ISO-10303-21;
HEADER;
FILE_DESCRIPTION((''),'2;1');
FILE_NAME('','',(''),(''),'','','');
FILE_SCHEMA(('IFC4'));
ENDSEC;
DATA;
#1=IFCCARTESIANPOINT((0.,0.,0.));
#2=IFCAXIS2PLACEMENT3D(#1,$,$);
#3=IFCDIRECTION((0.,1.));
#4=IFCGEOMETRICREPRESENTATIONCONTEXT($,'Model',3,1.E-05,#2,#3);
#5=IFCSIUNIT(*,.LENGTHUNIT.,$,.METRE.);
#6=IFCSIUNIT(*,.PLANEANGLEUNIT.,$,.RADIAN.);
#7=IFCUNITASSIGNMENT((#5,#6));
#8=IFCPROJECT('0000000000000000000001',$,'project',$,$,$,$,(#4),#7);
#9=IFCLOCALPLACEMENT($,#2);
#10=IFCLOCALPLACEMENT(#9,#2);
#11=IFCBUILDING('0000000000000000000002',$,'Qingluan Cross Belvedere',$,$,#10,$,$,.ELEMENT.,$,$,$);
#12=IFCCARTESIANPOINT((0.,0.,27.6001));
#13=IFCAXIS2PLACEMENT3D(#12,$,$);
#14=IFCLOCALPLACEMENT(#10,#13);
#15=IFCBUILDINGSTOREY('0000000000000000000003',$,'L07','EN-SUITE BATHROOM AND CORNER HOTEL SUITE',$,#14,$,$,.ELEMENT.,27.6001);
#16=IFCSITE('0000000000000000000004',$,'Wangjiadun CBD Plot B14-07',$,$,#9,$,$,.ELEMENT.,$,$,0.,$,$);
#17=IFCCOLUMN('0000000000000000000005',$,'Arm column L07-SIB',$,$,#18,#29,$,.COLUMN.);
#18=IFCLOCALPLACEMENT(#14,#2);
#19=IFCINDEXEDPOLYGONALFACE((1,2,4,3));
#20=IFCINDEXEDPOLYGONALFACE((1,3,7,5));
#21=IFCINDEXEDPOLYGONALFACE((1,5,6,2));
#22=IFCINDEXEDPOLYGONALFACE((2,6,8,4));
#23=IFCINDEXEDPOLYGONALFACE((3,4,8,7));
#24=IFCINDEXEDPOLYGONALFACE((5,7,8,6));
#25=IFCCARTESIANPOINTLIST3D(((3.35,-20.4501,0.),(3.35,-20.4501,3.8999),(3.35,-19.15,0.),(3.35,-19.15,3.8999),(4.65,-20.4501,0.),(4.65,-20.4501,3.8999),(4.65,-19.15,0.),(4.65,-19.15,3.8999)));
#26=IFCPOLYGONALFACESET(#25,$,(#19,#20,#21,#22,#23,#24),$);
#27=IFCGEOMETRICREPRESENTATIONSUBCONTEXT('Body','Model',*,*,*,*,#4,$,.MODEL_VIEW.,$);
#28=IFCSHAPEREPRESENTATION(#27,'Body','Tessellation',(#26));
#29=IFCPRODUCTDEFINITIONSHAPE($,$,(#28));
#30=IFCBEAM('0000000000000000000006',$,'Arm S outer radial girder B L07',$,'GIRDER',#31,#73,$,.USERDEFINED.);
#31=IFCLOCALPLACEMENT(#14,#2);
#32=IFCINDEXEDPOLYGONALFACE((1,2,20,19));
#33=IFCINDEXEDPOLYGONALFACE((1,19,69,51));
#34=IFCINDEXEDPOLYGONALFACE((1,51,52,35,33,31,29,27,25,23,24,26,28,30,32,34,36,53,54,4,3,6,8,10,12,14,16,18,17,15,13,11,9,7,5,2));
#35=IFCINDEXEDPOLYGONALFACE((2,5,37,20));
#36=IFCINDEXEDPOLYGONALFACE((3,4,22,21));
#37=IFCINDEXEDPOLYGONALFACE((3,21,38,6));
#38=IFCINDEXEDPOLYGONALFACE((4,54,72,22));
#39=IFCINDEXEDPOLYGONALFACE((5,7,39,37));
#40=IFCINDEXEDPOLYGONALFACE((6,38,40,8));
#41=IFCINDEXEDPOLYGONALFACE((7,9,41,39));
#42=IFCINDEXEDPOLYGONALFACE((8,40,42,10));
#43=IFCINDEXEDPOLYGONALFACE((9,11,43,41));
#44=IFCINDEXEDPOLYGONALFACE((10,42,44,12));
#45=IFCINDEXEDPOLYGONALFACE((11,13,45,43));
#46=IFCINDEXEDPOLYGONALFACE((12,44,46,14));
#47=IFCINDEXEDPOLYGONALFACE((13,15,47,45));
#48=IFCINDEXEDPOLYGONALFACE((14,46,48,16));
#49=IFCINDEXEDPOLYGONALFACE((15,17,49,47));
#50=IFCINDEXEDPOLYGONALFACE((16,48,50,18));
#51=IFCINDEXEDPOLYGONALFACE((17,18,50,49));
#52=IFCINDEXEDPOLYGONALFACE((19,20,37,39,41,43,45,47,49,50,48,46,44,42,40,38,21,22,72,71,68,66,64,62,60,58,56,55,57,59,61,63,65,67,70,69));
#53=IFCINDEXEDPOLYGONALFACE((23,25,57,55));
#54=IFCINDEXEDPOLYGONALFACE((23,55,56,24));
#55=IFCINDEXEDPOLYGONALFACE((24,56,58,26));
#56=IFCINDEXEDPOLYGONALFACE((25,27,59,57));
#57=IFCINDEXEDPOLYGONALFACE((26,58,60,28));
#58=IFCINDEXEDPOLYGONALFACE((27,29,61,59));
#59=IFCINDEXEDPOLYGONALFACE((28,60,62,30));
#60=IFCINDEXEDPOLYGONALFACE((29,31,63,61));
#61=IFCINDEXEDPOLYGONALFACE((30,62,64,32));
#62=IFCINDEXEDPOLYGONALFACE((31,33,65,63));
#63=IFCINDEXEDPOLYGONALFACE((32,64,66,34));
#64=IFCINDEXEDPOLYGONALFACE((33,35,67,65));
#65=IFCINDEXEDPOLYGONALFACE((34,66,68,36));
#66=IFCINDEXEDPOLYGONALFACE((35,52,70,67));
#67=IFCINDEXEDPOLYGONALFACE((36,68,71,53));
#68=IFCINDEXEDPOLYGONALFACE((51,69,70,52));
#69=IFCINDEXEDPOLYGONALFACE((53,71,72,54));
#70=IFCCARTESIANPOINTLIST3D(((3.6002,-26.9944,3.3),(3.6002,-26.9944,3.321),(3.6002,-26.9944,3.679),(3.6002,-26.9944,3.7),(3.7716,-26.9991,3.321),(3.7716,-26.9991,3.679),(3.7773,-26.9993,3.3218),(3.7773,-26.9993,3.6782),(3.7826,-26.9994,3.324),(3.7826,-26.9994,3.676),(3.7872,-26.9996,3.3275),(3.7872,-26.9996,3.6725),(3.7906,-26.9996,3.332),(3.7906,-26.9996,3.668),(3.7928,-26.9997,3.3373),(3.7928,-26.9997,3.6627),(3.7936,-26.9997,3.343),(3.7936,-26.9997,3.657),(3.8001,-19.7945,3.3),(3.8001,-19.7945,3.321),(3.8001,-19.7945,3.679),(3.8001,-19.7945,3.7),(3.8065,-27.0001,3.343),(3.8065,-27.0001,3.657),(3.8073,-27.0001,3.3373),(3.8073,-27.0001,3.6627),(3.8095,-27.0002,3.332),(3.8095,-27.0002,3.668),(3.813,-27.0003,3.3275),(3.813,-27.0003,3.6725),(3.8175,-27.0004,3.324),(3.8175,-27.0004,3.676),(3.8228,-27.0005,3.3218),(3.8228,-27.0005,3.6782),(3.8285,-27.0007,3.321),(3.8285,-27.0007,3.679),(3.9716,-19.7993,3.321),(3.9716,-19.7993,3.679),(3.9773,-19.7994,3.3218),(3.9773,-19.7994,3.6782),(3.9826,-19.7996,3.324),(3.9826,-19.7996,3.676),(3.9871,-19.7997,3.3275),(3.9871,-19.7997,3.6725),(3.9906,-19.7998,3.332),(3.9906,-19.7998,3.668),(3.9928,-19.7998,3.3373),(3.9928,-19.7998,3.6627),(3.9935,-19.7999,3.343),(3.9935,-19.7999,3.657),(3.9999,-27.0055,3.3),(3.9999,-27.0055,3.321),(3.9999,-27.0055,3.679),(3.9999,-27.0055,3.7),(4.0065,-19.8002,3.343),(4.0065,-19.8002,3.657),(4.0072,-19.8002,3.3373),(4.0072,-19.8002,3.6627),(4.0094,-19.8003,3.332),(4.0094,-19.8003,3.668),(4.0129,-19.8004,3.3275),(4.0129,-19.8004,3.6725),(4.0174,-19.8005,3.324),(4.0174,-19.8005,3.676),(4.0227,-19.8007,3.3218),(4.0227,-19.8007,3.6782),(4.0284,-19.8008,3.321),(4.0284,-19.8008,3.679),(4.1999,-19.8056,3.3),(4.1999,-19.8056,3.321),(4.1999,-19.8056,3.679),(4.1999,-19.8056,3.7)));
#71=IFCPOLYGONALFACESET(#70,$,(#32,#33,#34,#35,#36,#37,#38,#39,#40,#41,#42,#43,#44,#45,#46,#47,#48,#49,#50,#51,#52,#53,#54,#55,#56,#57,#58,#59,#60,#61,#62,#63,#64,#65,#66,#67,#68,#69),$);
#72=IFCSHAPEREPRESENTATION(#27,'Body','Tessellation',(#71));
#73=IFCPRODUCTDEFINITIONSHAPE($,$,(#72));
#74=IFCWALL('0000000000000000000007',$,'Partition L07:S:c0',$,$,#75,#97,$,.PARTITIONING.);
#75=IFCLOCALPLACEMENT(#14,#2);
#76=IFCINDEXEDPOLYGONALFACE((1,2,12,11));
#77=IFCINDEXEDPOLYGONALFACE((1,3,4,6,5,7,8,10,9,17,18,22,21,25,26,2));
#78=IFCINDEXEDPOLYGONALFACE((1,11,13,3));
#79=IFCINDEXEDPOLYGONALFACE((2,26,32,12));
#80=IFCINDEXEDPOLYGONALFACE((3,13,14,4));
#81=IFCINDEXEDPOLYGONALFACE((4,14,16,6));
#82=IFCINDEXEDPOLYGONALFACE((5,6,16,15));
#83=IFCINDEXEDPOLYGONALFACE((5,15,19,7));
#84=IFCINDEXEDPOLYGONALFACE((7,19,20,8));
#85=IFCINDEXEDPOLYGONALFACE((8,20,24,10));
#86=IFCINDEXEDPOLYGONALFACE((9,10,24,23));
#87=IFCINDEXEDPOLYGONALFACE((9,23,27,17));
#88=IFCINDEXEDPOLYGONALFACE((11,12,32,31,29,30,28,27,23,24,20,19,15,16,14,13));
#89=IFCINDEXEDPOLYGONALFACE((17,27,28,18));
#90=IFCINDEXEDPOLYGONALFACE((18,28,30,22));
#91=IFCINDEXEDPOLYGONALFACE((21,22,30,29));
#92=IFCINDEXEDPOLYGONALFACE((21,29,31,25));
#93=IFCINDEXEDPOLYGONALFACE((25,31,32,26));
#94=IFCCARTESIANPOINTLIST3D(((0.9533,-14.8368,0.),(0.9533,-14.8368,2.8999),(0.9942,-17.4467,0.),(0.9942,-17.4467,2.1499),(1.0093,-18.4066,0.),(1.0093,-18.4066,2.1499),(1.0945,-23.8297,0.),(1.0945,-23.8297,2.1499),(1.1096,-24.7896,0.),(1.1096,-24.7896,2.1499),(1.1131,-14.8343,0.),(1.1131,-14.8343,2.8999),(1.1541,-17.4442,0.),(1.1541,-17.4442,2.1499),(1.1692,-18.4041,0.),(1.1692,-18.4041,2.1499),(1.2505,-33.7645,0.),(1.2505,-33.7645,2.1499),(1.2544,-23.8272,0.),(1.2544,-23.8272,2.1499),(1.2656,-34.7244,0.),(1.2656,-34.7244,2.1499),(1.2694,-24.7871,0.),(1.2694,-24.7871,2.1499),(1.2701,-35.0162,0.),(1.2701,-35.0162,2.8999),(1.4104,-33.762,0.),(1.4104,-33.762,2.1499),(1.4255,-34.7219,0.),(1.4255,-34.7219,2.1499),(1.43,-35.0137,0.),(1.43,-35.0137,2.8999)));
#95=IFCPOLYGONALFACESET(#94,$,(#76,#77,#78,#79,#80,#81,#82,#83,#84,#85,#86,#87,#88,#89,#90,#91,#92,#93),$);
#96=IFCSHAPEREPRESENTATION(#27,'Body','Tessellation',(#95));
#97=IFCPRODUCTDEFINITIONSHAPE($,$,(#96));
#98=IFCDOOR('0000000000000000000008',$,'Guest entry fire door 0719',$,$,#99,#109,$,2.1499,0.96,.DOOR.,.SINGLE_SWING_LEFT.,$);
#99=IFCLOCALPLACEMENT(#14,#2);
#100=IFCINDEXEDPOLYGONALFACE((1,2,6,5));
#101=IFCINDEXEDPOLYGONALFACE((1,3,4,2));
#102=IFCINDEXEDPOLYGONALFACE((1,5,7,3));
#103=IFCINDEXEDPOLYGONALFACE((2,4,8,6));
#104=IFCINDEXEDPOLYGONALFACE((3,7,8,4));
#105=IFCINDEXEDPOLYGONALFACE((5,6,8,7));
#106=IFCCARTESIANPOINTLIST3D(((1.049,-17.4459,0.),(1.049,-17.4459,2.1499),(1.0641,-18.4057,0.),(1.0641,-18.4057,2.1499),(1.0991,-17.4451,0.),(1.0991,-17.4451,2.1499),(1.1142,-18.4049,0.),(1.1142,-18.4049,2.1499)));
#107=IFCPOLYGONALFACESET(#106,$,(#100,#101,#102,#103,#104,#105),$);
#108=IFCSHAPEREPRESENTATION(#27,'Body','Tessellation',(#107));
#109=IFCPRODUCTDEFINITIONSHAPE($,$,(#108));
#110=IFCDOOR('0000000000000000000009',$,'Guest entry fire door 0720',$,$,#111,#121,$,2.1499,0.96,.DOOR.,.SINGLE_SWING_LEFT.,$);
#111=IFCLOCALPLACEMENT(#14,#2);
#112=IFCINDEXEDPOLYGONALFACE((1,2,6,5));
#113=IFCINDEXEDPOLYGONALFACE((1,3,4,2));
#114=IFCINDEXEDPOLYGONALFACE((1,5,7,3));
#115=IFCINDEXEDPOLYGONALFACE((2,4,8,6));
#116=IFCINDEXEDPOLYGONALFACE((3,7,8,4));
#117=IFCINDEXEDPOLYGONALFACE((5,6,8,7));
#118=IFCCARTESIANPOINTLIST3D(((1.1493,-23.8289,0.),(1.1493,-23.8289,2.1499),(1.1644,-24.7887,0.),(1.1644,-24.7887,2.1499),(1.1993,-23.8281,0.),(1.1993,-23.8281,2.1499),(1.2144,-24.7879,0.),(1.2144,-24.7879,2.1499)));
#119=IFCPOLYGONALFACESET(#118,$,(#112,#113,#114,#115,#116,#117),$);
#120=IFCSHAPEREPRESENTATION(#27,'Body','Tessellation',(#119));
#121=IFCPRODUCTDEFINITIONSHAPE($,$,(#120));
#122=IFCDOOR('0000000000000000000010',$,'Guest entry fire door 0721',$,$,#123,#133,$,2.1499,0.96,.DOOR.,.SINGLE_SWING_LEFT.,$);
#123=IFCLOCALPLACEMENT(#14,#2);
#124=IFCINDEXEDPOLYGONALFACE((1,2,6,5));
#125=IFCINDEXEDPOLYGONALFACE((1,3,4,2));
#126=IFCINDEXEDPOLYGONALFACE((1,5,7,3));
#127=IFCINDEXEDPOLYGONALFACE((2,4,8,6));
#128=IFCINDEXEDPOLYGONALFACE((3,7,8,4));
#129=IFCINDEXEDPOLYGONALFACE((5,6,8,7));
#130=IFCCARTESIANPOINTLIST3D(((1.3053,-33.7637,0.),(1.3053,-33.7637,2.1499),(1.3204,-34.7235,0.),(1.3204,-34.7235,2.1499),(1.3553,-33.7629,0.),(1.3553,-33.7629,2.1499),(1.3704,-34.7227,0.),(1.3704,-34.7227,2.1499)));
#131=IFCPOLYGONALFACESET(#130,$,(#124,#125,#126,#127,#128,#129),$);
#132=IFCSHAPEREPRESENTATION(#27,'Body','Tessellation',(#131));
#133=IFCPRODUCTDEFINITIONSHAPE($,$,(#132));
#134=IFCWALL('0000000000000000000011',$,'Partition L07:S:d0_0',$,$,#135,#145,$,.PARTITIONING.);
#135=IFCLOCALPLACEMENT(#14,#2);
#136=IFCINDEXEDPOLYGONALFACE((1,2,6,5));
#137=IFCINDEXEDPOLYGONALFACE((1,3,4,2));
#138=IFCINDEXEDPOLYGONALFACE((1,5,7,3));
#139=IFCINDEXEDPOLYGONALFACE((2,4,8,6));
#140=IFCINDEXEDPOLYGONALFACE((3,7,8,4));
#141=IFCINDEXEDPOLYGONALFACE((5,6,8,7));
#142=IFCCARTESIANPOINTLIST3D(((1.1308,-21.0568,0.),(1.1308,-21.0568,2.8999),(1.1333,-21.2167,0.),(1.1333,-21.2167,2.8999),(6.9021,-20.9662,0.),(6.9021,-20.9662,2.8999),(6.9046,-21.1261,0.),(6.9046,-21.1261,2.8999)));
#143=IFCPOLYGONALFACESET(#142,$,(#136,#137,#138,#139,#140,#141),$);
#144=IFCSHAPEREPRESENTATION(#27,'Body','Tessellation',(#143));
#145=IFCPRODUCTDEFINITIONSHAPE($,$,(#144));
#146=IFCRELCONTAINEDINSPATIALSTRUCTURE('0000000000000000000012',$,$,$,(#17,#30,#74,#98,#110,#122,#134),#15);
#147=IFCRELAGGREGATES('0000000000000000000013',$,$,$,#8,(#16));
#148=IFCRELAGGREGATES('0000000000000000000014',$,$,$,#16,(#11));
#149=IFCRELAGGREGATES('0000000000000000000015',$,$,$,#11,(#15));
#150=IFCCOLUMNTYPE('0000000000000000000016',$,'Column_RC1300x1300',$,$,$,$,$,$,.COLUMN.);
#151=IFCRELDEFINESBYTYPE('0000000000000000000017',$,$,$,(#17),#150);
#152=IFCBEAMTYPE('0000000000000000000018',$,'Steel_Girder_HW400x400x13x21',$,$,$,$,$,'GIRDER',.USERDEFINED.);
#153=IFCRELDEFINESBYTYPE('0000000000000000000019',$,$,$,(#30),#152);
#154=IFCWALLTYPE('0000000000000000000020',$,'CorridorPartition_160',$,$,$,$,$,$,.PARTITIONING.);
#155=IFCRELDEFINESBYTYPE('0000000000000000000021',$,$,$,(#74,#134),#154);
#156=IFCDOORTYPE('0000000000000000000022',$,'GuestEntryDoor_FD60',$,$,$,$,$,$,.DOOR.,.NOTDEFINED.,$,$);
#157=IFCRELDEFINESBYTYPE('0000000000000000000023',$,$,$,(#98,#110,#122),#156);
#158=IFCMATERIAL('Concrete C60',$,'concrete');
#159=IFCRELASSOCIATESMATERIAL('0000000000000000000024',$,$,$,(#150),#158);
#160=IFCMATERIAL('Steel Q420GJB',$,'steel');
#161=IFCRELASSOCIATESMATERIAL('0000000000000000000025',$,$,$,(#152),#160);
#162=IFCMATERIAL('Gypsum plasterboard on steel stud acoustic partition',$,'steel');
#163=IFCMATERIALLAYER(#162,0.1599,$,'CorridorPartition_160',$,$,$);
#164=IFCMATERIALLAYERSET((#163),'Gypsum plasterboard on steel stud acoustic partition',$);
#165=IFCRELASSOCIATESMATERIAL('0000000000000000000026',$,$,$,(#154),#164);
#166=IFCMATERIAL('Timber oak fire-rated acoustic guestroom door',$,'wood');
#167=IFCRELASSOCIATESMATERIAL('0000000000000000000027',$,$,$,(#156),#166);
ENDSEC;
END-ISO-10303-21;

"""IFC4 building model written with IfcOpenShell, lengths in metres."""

from ifc_helpers import new_model, si_unit, direction, frame, frame_2d, origin, origin_2d, place, context, subcontext, project, spatial, rectangle, i_section, extrude, material, layer, layer_set, material_profile, profile_set, type_object, element, fill, save


model = new_model("IFC4")

# Units and contexts
model_context = context("Model", 3, precision=1e-05, world=origin(), true_north=direction((0.0, 1.0)))
body_context = subcontext(model_context, "Body", "Model", "MODEL_VIEW")
ifc_project = project(units=[si_unit("LENGTHUNIT", "METRE"), si_unit("PLANEANGLEUNIT", "RADIAN")], contexts=[model_context])

# Site, building, storey
site_placement = place(None, origin())
site = spatial("IfcSite", under=ifc_project, at=site_placement, Name="Wangjiadun CBD Plot B14-07", CompositionType="ELEMENT", RefElevation=0.0)
building_placement = place(site_placement, origin())
building = spatial("IfcBuilding", under=site, at=building_placement, Name="Qingluan Cross Belvedere", CompositionType="ELEMENT")
storey_placement = place(building_placement, frame((0.0, 0.0, 27.6001)))
storey = spatial("IfcBuildingStorey", under=building, at=storey_placement, Name="L07", Description="EN-SUITE BATHROOM AND CORNER HOTEL SUITE", CompositionType="ELEMENT", Elevation=27.6001)

# Column
ifc_material_1 = material(Name="Concrete C60", Category="concrete")
ifc_material_profile_1 = material_profile(ifc_material_1, rectangle(XDim=1.3, YDim=1.3, at=origin_2d()), Name="RC1300x1300")
ifc_profile_set_1 = profile_set([ifc_material_profile_1], Name="Concrete C60")
column_type = type_object("IfcColumnType", Name="Column_RC1300x1300", PredefinedType="COLUMN", material=ifc_profile_set_1)
column_placement = place(storey_placement, frame((4.0, -19.8, 0.0), z_axis=(0.0, 0.0, 1.0), x_axis=(1.0, 0.0, 0.0)))
element("IfcColumn", 1, at=column_placement, inside=storey, type_object=column_type, Name="Arm column L07-SIB", PredefinedType="COLUMN", context=body_context, shape_type="SweptSolid", body=[
    extrude(rectangle(XDim=1.3, YDim=1.3, at=origin_2d()), origin(), (0.0, 0.0, 1.0), 3.8999),
])

# Beam
ifc_material_2 = material(Name="Steel Q420GJB", Category="steel")
ifc_material_profile_2 = material_profile(ifc_material_2, i_section(OverallWidth=0.3999, OverallDepth=0.3999, WebThickness=0.0129, FlangeThickness=0.021, FilletRadius=0.022, at=origin_2d()), Name="HW400x400x13x21")
ifc_profile_set_2 = profile_set([ifc_material_profile_2], Name="Steel Q420GJB")
beam_type = type_object("IfcBeamType", Name="Steel_Girder_HW400x400x13x21", ElementType="GIRDER", PredefinedType="USERDEFINED", material=ifc_profile_set_2)
beam_placement = place(storey_placement, frame((4.0, -19.8, 3.5), z_axis=(-0.02776, -0.999615, 0.0), x_axis=(0.999615, -0.02776, 0.0)))
element("IfcBeam", 2, at=beam_placement, inside=storey, type_object=beam_type, Name="Arm S outer radial girder B L07", ObjectType="GIRDER", PredefinedType="USERDEFINED", context=body_context, shape_type="SweptSolid", body=[
    extrude(i_section(OverallWidth=0.3999, OverallDepth=0.3999, WebThickness=0.0129, FlangeThickness=0.021, FilletRadius=0.022, at=origin_2d()), origin(), (0.0, 0.0, 1.0), 7.2026),
])

# Wall, openings, doors
ifc_material_3 = material(Name="Gypsum plasterboard on steel stud acoustic partition", Category="steel")
ifc_layer_1 = layer(ifc_material_3, 0.1599, Name="CorridorPartition_160")
ifc_layer_set_1 = layer_set([ifc_layer_1], Name="Gypsum plasterboard on steel stud acoustic partition")
wall_type_1 = type_object("IfcWallType", Name="CorridorPartition_160", PredefinedType="PARTITIONING", material=ifc_layer_set_1)
wall_1_placement = place(storey_placement, frame((1.0332, -14.8357, 0.0), z_axis=(0.0, 0.0, 1.0), x_axis=(0.015702, -0.999877, 0.0)))
wall_1 = element("IfcWall", 3, at=wall_1_placement, inside=storey, type_object=wall_type_1, Name="Partition L07:S:c0", PredefinedType="PARTITIONING", context=body_context, shape_type="SweptSolid", body=[
    extrude(rectangle(XDim=20.1819, YDim=0.1599, at=frame_2d((10.0908, 0.0))), origin(), (0.0, 0.0, 1.0), 2.8999),
])
opening_1_placement = place(wall_1_placement, frame((2.6101, 0.0, 0.0)))
opening_1 = element("IfcOpeningElement", 4, at=opening_1_placement, cuts=wall_1, PredefinedType="OPENING", context=body_context, shape_type="SweptSolid", body=[
    extrude(rectangle(XDim=0.96, YDim=2.1499, at=frame_2d((0.48, 1.075))), frame((0.0, 0.0898, 0.0), z_axis=(0.0, -1.0, 0.0), x_axis=(1.0, 0.0, 0.0)), (0.0, 0.0, 1.0), 0.1799),
])
opening_2_placement = place(wall_1_placement, frame((8.9939, 0.0, 0.0)))
opening_2 = element("IfcOpeningElement", 5, at=opening_2_placement, cuts=wall_1, PredefinedType="OPENING", context=body_context, shape_type="SweptSolid", body=[
    extrude(rectangle(XDim=0.96, YDim=2.1499, at=frame_2d((0.48, 1.075))), frame((0.0, 0.0898, 0.0), z_axis=(0.0, -1.0, 0.0), x_axis=(1.0, 0.0, 0.0)), (0.0, 0.0, 1.0), 0.1799),
])
opening_3_placement = place(wall_1_placement, frame((18.9299, 0.0, 0.0)))
opening_3 = element("IfcOpeningElement", 6, at=opening_3_placement, cuts=wall_1, PredefinedType="OPENING", context=body_context, shape_type="SweptSolid", body=[
    extrude(rectangle(XDim=0.96, YDim=2.1499, at=frame_2d((0.48, 1.075))), frame((0.0, 0.0898, 0.0), z_axis=(0.0, -1.0, 0.0), x_axis=(1.0, 0.0, 0.0)), (0.0, 0.0, 1.0), 0.1799),
])
ifc_material_4 = material(Name="Timber oak fire-rated acoustic guestroom door", Category="wood")
door_type_1 = type_object("IfcDoorType", Name="GuestEntryDoor_FD60", OperationType="NOTDEFINED", PredefinedType="DOOR", material=ifc_material_4)
door_1_placement = place(opening_1_placement, origin())
door_1 = element("IfcDoor", 7, at=door_1_placement, inside=storey, type_object=door_type_1, Name="Guest entry fire door 0719", OperationType="SINGLE_SWING_LEFT", OverallHeight=2.1499, OverallWidth=0.96, PredefinedType="DOOR", context=body_context, shape_type="SweptSolid", body=[
    extrude(rectangle(XDim=0.96, YDim=2.1499, at=frame_2d((0.48, 1.075))), frame((0.0, 0.0249, 0.0), z_axis=(0.0, -1.0, 0.0), x_axis=(1.0, 0.0, 0.0)), (0.0, 0.0, 1.0), 0.05),
])
fill(opening_1, door_1)
door_2_placement = place(opening_2_placement, origin())
door_2 = element("IfcDoor", 8, at=door_2_placement, inside=storey, type_object=door_type_1, Name="Guest entry fire door 0720", OperationType="SINGLE_SWING_LEFT", OverallHeight=2.1499, OverallWidth=0.96, PredefinedType="DOOR", context=body_context, shape_type="SweptSolid", body=[
    extrude(rectangle(XDim=0.96, YDim=2.1499, at=frame_2d((0.48, 1.075))), frame((0.0, 0.0249, 0.0), z_axis=(0.0, -1.0, 0.0), x_axis=(1.0, 0.0, 0.0)), (0.0, 0.0, 1.0), 0.05),
])
fill(opening_2, door_2)
door_3_placement = place(opening_3_placement, origin())
door_3 = element("IfcDoor", 9, at=door_3_placement, inside=storey, type_object=door_type_1, Name="Guest entry fire door 0721", OperationType="SINGLE_SWING_LEFT", OverallHeight=2.1499, OverallWidth=0.96, PredefinedType="DOOR", context=body_context, shape_type="SweptSolid", body=[
    extrude(rectangle(XDim=0.96, YDim=2.1499, at=frame_2d((0.48, 1.075))), frame((0.0, 0.0249, 0.0), z_axis=(0.0, -1.0, 0.0), x_axis=(1.0, 0.0, 0.0)), (0.0, 0.0, 1.0), 0.05),
])
fill(opening_3, door_3)

# Wall
wall_2_placement = place(storey_placement, frame((1.1321, -21.1367, 0.0), z_axis=(0.0, 0.0, 1.0), x_axis=(0.999877, 0.015692, 0.0)))
element("IfcWall", 10, at=wall_2_placement, inside=storey, type_object=wall_type_1, Name="Partition L07:S:d0_0", PredefinedType="PARTITIONING", context=body_context, shape_type="SweptSolid", body=[
    extrude(rectangle(XDim=5.772, YDim=0.1599, at=frame_2d((2.886, 0.0))), origin(), (0.0, 0.0, 1.0), 2.8999),
])

save(model, "model.ifc")
